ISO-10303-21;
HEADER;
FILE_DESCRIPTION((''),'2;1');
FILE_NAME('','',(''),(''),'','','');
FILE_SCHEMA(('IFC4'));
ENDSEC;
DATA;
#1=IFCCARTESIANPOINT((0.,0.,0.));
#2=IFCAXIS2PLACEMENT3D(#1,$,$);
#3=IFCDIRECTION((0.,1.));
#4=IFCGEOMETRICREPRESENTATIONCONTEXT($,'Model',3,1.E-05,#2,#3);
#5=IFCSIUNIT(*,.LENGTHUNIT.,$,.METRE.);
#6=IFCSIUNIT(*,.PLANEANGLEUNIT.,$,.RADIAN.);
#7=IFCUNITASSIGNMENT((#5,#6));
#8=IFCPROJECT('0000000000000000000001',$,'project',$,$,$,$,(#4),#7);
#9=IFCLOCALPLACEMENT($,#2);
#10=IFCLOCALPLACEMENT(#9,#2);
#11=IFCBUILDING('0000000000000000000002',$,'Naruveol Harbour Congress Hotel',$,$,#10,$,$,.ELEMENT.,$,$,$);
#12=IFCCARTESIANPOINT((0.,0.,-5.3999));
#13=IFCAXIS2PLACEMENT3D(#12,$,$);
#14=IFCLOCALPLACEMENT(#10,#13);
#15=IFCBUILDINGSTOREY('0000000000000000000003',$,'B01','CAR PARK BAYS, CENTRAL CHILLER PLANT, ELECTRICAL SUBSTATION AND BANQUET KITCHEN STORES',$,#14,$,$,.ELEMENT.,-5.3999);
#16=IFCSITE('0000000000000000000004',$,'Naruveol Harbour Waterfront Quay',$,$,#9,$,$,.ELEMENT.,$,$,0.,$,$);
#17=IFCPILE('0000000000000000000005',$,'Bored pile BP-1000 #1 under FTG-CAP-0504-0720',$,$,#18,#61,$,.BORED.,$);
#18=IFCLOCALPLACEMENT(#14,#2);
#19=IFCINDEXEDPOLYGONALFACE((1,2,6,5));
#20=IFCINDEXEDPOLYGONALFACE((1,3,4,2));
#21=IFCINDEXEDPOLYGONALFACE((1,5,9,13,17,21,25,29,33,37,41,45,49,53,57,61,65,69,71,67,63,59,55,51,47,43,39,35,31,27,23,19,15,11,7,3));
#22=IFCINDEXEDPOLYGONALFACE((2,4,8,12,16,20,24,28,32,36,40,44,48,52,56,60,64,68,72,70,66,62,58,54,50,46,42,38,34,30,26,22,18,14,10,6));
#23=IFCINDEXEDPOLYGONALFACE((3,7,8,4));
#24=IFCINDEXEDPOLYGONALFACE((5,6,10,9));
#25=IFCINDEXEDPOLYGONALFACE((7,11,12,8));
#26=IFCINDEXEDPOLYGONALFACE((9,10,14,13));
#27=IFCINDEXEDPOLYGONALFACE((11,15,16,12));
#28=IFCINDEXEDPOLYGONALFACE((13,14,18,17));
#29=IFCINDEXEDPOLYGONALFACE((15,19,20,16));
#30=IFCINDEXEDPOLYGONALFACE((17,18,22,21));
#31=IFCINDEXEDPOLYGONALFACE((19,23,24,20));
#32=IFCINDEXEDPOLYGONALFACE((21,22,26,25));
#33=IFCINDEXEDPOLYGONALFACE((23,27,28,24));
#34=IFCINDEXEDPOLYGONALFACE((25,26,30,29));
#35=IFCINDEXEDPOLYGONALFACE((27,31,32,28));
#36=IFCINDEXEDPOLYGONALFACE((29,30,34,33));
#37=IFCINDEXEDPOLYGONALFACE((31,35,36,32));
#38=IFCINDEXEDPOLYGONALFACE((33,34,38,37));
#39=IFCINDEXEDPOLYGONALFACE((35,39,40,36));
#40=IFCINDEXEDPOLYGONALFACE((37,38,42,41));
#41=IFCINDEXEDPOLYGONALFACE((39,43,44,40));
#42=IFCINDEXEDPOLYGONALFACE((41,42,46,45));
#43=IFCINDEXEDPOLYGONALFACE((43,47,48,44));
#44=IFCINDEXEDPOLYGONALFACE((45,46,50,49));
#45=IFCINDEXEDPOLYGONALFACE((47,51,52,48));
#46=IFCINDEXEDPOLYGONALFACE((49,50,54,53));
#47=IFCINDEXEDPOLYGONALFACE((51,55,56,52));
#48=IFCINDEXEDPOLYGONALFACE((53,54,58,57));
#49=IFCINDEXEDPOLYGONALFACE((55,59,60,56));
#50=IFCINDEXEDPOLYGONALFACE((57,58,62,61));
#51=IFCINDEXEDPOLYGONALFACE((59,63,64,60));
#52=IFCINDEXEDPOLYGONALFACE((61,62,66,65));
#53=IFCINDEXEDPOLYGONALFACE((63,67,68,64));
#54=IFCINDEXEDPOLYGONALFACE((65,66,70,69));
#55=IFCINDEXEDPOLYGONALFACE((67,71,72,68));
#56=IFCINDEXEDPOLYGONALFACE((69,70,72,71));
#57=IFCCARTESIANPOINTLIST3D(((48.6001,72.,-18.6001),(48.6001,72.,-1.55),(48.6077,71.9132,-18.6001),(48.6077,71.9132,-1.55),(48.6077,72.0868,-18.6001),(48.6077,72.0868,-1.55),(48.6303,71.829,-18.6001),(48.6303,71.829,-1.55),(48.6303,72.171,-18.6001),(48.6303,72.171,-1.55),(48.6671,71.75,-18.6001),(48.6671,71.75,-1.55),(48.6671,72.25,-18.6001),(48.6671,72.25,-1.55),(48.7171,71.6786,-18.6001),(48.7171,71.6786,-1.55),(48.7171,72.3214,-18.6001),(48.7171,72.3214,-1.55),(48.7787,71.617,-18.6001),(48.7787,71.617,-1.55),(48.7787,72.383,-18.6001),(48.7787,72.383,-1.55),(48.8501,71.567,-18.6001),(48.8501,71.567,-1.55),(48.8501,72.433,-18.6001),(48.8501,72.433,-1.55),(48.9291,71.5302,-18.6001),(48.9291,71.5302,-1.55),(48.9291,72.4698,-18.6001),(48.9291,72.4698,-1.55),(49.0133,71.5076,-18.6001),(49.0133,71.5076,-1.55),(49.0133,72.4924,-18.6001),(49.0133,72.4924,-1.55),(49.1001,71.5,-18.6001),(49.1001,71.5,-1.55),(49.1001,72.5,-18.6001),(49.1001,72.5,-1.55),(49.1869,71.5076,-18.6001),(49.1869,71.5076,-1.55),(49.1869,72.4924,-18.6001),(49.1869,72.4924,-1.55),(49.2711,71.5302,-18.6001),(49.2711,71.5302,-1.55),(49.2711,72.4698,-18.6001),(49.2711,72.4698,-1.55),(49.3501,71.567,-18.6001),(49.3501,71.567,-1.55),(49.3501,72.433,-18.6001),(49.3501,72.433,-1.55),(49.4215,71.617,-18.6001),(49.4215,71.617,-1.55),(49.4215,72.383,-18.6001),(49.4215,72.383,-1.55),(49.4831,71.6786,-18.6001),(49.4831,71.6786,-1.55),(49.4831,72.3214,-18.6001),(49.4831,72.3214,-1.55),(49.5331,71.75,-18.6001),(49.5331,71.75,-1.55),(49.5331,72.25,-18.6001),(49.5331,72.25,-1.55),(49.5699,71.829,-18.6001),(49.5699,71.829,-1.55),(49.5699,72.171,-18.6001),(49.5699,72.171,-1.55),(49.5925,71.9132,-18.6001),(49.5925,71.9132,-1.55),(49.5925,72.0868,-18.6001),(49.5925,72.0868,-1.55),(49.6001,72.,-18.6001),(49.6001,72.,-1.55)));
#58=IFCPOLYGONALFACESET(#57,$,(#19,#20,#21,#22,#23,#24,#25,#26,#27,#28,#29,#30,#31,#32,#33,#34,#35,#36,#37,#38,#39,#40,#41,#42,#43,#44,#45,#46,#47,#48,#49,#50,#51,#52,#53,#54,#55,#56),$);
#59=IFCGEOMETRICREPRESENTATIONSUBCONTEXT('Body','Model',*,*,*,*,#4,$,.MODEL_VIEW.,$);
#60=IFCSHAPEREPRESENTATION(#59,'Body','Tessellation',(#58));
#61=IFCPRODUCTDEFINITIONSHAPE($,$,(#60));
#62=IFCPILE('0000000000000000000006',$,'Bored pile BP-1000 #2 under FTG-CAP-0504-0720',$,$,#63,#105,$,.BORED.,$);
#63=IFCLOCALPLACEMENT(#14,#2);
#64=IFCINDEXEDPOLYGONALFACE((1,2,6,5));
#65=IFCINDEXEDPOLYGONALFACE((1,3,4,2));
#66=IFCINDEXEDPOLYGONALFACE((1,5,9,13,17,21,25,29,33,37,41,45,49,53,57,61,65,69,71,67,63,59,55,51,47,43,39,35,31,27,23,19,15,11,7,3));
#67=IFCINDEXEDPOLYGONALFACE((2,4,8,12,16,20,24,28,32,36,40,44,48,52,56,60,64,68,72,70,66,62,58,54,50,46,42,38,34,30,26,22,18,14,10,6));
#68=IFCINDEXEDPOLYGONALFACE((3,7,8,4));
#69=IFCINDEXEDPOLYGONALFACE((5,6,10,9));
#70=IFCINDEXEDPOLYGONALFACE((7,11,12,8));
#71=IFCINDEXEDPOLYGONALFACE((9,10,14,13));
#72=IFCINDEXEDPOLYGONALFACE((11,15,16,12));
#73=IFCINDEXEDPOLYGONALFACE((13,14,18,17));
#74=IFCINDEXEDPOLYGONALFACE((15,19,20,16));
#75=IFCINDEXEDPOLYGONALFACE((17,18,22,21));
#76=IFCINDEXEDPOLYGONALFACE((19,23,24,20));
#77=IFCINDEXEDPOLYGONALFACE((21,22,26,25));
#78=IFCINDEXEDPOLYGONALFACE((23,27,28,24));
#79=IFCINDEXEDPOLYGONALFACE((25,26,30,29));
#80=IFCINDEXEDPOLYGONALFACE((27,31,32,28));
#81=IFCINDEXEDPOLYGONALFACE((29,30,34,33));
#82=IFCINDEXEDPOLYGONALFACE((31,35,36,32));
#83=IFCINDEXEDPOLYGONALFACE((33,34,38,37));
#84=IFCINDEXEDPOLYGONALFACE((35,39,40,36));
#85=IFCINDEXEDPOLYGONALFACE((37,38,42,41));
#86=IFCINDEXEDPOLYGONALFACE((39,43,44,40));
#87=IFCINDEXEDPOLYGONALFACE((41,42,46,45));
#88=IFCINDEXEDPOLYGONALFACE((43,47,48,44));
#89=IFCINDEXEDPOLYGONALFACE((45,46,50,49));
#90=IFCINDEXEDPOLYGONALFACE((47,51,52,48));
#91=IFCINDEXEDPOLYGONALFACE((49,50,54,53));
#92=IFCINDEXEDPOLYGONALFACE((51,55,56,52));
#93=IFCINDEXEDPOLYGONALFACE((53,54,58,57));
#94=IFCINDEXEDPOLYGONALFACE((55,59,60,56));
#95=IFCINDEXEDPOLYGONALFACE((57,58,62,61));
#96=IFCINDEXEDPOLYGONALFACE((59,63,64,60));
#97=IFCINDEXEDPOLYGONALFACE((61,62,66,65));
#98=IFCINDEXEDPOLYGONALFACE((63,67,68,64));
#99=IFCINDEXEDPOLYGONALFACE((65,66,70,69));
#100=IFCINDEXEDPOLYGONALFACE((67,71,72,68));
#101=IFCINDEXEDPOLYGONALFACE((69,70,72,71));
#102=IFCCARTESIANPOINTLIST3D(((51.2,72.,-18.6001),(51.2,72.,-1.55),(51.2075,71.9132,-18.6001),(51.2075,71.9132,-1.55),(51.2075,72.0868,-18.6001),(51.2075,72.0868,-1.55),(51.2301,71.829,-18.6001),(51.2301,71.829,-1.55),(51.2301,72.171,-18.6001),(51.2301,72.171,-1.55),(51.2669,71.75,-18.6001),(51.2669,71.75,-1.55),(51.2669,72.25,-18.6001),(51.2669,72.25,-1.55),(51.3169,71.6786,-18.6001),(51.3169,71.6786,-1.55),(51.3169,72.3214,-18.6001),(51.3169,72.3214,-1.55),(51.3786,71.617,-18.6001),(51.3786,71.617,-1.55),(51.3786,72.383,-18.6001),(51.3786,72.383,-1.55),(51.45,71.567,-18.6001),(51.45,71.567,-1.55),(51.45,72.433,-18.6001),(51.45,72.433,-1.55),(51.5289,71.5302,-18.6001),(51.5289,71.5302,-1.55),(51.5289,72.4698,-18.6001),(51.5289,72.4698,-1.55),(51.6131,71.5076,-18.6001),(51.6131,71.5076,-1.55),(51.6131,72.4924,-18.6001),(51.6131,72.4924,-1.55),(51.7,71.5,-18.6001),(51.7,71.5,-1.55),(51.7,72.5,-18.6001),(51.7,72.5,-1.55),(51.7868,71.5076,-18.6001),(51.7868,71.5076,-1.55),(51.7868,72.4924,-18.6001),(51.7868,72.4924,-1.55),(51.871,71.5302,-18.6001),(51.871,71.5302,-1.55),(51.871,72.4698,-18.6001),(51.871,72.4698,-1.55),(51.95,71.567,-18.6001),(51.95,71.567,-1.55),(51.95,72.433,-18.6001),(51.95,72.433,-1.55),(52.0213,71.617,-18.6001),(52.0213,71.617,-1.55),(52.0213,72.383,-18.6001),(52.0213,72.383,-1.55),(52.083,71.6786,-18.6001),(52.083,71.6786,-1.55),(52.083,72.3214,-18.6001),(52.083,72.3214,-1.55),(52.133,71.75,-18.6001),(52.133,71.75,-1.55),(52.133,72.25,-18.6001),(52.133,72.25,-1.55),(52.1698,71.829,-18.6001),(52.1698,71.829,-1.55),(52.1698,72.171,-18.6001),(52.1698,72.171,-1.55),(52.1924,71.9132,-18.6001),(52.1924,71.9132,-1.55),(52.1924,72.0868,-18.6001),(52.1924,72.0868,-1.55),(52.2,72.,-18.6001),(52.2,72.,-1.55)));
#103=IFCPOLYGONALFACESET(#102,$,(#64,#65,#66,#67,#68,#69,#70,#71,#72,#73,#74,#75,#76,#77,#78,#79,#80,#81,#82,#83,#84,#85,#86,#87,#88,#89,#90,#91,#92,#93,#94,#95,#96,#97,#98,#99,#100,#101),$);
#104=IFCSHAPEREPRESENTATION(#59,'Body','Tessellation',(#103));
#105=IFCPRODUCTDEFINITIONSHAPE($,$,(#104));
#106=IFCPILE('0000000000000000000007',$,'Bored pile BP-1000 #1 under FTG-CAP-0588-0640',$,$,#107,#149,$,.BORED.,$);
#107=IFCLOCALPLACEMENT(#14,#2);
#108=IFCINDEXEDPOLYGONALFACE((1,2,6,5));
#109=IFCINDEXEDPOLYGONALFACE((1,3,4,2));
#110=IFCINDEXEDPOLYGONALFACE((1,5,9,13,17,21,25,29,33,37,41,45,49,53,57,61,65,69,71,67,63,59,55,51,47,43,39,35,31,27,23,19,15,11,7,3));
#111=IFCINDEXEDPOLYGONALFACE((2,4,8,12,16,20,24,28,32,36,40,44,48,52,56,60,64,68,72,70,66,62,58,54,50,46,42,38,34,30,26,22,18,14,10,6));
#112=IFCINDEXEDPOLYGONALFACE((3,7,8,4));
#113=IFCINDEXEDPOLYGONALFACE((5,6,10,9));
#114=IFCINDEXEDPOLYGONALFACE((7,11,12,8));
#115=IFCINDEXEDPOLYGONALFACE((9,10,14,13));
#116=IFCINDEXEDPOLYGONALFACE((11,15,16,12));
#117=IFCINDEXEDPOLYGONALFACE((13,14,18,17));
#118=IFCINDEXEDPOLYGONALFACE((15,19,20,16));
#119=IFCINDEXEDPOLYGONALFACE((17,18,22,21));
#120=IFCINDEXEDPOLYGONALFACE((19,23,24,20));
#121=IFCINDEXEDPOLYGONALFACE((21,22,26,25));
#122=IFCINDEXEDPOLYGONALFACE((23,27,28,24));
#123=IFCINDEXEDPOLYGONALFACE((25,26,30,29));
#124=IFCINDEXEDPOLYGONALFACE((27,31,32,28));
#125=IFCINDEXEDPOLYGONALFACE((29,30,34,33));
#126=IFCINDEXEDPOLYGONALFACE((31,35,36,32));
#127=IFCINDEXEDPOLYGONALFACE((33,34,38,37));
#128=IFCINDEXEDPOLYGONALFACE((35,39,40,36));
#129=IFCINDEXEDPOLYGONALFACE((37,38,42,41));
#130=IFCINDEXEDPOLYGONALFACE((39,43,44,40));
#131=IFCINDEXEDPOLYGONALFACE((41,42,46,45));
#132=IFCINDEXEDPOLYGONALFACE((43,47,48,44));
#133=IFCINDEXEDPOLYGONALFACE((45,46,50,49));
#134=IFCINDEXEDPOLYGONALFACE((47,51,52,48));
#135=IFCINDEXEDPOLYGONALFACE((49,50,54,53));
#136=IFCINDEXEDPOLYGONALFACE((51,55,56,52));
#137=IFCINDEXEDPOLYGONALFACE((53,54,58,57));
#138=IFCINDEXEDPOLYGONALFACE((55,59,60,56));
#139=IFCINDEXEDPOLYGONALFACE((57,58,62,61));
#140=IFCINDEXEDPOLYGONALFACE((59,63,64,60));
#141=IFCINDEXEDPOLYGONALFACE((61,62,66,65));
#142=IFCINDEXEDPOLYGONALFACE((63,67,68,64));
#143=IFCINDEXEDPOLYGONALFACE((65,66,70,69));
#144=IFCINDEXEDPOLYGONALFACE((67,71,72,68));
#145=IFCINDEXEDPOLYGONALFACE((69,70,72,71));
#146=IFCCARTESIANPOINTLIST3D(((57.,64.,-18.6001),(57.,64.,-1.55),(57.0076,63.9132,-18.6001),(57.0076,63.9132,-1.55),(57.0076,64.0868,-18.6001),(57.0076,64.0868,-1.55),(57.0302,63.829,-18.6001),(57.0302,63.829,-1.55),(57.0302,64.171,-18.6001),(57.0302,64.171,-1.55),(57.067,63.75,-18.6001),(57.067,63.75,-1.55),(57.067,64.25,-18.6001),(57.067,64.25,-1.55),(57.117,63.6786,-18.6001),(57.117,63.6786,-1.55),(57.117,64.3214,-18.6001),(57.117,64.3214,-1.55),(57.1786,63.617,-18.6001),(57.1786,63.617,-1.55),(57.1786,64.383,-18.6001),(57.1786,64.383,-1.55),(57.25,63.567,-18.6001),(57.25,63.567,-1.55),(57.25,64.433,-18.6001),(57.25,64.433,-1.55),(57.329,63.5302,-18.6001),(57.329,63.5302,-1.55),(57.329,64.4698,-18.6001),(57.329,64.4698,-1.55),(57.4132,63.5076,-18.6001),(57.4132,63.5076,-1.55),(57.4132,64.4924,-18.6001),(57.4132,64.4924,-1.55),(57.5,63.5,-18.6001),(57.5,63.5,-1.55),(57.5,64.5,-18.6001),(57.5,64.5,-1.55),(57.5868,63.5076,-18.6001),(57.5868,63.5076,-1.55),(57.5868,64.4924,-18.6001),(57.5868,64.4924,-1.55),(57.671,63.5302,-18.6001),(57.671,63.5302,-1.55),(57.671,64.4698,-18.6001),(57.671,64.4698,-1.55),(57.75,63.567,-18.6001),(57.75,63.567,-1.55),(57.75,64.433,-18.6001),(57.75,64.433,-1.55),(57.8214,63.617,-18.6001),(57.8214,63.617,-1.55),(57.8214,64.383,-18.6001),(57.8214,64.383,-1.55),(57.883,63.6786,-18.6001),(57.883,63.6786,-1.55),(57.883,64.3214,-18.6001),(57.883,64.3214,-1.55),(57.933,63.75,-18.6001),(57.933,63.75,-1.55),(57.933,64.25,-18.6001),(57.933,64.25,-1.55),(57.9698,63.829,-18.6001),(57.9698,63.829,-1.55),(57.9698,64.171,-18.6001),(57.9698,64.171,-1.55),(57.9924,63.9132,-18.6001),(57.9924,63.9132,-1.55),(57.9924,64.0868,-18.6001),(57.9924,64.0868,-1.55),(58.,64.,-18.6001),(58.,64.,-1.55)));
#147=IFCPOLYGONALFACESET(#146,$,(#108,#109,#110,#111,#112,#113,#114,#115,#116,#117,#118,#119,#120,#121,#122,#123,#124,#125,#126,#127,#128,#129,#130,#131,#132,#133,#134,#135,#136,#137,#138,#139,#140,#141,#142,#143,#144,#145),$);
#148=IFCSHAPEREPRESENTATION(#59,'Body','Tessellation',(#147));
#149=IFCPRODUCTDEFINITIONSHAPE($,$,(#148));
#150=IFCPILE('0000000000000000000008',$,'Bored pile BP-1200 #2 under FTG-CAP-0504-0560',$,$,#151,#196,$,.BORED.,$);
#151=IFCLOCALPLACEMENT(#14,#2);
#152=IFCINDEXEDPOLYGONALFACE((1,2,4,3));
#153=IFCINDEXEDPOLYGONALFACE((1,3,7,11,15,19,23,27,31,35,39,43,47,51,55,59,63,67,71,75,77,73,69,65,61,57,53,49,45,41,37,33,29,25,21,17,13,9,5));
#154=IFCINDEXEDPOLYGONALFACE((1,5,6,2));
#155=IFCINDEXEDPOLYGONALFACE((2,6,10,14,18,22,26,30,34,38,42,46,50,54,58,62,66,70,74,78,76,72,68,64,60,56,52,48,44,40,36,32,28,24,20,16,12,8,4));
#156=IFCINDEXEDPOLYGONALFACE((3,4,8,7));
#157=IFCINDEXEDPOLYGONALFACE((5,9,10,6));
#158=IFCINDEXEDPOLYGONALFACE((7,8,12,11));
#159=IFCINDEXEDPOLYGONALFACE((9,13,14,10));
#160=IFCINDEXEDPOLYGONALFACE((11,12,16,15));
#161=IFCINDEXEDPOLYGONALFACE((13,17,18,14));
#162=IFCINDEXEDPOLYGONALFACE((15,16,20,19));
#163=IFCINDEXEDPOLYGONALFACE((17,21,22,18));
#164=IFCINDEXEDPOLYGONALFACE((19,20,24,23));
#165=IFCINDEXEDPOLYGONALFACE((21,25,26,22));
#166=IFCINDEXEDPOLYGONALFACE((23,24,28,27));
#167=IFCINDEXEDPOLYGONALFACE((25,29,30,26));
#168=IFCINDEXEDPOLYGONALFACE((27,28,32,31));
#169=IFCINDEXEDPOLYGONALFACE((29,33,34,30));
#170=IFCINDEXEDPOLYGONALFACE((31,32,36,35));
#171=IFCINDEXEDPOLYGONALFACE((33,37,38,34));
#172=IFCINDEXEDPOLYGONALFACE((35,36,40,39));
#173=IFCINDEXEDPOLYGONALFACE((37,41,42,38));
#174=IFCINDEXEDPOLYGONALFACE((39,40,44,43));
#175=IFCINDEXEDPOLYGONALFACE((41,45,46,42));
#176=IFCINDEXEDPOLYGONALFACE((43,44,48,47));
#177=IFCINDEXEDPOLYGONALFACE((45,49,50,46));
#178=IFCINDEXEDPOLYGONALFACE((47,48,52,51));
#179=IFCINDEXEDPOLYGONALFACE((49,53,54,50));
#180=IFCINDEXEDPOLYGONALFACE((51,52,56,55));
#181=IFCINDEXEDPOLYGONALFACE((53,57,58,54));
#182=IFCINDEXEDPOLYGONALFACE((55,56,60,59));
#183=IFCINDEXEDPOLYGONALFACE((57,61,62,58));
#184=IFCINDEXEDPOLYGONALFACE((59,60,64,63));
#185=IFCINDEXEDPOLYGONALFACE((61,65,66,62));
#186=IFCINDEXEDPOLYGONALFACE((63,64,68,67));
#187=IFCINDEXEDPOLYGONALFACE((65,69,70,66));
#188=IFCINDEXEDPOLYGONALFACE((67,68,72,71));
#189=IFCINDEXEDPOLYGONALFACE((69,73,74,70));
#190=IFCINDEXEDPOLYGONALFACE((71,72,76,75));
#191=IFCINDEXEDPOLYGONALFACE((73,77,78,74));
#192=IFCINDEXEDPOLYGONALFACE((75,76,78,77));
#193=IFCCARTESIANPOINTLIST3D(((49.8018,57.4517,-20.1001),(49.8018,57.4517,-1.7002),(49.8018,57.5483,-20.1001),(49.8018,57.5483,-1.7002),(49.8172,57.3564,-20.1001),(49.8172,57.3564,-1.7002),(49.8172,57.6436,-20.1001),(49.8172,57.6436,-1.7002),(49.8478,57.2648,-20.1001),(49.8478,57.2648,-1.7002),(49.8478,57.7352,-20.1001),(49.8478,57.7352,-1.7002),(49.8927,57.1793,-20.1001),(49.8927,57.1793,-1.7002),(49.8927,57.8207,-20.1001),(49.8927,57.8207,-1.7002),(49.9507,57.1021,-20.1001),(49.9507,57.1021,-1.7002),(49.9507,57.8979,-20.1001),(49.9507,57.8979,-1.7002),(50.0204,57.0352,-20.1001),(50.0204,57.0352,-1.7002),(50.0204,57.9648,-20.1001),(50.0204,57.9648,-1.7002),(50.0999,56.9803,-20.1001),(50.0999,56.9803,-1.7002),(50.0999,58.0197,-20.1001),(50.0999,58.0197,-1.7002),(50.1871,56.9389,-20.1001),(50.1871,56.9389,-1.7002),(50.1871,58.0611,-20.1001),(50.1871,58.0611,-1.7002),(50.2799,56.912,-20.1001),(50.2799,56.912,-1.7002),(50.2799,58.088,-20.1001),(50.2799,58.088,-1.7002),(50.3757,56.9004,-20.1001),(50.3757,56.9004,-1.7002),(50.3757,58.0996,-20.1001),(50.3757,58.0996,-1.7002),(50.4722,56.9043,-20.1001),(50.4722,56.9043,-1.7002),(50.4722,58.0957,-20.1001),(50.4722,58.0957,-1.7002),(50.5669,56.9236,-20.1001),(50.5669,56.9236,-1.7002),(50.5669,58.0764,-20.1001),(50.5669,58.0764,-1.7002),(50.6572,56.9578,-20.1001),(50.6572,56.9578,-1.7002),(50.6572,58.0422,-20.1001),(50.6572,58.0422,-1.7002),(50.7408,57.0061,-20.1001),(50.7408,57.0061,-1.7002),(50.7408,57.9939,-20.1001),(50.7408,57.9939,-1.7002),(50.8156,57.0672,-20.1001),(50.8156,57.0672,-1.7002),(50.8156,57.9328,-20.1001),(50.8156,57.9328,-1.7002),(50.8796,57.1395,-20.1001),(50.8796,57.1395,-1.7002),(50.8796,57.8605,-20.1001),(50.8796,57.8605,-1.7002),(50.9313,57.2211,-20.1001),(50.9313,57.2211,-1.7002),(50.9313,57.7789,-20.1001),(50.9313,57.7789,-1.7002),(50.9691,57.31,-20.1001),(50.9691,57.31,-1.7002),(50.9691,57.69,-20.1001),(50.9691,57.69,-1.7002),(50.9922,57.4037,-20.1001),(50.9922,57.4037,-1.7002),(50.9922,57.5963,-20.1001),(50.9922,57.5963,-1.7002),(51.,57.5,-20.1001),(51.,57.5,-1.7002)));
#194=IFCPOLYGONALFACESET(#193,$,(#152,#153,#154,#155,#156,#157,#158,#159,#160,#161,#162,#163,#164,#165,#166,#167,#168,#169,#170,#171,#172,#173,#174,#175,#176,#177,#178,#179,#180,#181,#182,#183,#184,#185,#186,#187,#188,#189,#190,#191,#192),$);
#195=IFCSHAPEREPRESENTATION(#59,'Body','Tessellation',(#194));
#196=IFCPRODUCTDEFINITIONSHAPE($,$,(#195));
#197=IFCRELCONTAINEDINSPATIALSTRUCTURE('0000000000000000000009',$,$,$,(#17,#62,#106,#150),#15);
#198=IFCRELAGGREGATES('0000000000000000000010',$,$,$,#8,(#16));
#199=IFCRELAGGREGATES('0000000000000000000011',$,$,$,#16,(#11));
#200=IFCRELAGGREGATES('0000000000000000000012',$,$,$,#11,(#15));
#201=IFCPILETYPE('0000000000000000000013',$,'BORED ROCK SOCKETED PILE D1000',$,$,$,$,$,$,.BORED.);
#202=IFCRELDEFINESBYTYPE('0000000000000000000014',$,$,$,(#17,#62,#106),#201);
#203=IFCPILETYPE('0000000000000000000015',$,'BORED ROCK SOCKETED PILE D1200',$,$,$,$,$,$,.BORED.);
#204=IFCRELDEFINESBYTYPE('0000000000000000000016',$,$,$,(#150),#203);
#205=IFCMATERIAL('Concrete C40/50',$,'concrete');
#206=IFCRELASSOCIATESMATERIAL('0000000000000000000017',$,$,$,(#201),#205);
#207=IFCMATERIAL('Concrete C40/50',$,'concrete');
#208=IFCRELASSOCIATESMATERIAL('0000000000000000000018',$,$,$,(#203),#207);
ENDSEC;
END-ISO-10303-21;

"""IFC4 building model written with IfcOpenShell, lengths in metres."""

from ifc_helpers import new_model, si_unit, direction, frame, origin, origin_2d, place, context, subcontext, project, spatial, circle, extrude, material, material_profile, profile_set, type_object, element, save


model = new_model("IFC4")

# Units and contexts
model_context = context("Model", 3, precision=1e-05, world=origin(), true_north=direction((0.0, 1.0)))
body_context = subcontext(model_context, "Body", "Model", "MODEL_VIEW")
ifc_project = project(units=[si_unit("LENGTHUNIT", "METRE"), si_unit("PLANEANGLEUNIT", "RADIAN")], contexts=[model_context])

# Site, building, storey
site_placement = place(None, origin())
site = spatial("IfcSite", under=ifc_project, at=site_placement, Name="Naruveol Harbour Waterfront Quay", CompositionType="ELEMENT", RefElevation=0.0)
building_placement = place(site_placement, origin())
building = spatial("IfcBuilding", under=site, at=building_placement, Name="Naruveol Harbour Congress Hotel", CompositionType="ELEMENT")
storey_placement = place(building_placement, frame((0.0, 0.0, -5.3999)))
storey = spatial("IfcBuildingStorey", under=building, at=storey_placement, Name="B01", Description="CAR PARK BAYS, CENTRAL CHILLER PLANT, ELECTRICAL SUBSTATION AND BANQUET KITCHEN STORES", CompositionType="ELEMENT", Elevation=-5.3999)

# Piles
ifc_material_1 = material(Name="Concrete C40/50", Category="concrete")
ifc_material_profile_1 = material_profile(ifc_material_1, circle(Radius=0.5, at=origin_2d()), Name="BP-1000")
ifc_profile_set_1 = profile_set([ifc_material_profile_1], Name="Concrete C40/50")
pile_type_1 = type_object("IfcPileType", Name="BORED ROCK SOCKETED PILE D1000", PredefinedType="BORED", material=ifc_profile_set_1)
for number, where, z_axis, x_axis, name in (
    (1, (49.1001, 72.0, -1.55), (0.0, 0.0, -1.0), (1.0, 0.0, 0.0), "Bored pile BP-1000 #1 under FTG-CAP-0504-0720"),
    (2, (51.7, 72.0, -1.55), (0.0, 0.0, -1.0), (1.0, 0.0, 0.0), "Bored pile BP-1000 #2 under FTG-CAP-0504-0720"),
    (3, (57.5, 64.0, -1.55), (0.0, 0.0, -1.0), (1.0, 0.0, 0.0), "Bored pile BP-1000 #1 under FTG-CAP-0588-0640"),
):
    element("IfcPile", number, at=place(storey_placement, frame(where, z_axis=z_axis, x_axis=x_axis)), inside=storey, type_object=pile_type_1, Name=name, PredefinedType="BORED", context=body_context, shape_type="SweptSolid", body=[
        extrude(circle(Radius=0.5, at=origin_2d()), origin(), (0.0, 0.0, 1.0), 17.05),
    ])
ifc_material_2 = material(Name="Concrete C40/50", Category="concrete")
ifc_material_profile_2 = material_profile(ifc_material_2, circle(Radius=0.6001, at=origin_2d()), Name="BP-1200")
ifc_profile_set_2 = profile_set([ifc_material_profile_2], Name="Concrete C40/50")
pile_type_2 = type_object("IfcPileType", Name="BORED ROCK SOCKETED PILE D1200", PredefinedType="BORED", material=ifc_profile_set_2)
pile_1_placement = place(storey_placement, frame((50.3999, 57.5, -1.7002), z_axis=(0.0, 0.0, -1.0), x_axis=(1.0, 0.0, 0.0)))
element("IfcPile", 4, at=pile_1_placement, inside=storey, type_object=pile_type_2, Name="Bored pile BP-1200 #2 under FTG-CAP-0504-0560", PredefinedType="BORED", context=body_context, shape_type="SweptSolid", body=[
    extrude(circle(Radius=0.6001, at=origin_2d()), origin(), (0.0, 0.0, 1.0), 18.3999),
])

save(model, "model.ifc")
